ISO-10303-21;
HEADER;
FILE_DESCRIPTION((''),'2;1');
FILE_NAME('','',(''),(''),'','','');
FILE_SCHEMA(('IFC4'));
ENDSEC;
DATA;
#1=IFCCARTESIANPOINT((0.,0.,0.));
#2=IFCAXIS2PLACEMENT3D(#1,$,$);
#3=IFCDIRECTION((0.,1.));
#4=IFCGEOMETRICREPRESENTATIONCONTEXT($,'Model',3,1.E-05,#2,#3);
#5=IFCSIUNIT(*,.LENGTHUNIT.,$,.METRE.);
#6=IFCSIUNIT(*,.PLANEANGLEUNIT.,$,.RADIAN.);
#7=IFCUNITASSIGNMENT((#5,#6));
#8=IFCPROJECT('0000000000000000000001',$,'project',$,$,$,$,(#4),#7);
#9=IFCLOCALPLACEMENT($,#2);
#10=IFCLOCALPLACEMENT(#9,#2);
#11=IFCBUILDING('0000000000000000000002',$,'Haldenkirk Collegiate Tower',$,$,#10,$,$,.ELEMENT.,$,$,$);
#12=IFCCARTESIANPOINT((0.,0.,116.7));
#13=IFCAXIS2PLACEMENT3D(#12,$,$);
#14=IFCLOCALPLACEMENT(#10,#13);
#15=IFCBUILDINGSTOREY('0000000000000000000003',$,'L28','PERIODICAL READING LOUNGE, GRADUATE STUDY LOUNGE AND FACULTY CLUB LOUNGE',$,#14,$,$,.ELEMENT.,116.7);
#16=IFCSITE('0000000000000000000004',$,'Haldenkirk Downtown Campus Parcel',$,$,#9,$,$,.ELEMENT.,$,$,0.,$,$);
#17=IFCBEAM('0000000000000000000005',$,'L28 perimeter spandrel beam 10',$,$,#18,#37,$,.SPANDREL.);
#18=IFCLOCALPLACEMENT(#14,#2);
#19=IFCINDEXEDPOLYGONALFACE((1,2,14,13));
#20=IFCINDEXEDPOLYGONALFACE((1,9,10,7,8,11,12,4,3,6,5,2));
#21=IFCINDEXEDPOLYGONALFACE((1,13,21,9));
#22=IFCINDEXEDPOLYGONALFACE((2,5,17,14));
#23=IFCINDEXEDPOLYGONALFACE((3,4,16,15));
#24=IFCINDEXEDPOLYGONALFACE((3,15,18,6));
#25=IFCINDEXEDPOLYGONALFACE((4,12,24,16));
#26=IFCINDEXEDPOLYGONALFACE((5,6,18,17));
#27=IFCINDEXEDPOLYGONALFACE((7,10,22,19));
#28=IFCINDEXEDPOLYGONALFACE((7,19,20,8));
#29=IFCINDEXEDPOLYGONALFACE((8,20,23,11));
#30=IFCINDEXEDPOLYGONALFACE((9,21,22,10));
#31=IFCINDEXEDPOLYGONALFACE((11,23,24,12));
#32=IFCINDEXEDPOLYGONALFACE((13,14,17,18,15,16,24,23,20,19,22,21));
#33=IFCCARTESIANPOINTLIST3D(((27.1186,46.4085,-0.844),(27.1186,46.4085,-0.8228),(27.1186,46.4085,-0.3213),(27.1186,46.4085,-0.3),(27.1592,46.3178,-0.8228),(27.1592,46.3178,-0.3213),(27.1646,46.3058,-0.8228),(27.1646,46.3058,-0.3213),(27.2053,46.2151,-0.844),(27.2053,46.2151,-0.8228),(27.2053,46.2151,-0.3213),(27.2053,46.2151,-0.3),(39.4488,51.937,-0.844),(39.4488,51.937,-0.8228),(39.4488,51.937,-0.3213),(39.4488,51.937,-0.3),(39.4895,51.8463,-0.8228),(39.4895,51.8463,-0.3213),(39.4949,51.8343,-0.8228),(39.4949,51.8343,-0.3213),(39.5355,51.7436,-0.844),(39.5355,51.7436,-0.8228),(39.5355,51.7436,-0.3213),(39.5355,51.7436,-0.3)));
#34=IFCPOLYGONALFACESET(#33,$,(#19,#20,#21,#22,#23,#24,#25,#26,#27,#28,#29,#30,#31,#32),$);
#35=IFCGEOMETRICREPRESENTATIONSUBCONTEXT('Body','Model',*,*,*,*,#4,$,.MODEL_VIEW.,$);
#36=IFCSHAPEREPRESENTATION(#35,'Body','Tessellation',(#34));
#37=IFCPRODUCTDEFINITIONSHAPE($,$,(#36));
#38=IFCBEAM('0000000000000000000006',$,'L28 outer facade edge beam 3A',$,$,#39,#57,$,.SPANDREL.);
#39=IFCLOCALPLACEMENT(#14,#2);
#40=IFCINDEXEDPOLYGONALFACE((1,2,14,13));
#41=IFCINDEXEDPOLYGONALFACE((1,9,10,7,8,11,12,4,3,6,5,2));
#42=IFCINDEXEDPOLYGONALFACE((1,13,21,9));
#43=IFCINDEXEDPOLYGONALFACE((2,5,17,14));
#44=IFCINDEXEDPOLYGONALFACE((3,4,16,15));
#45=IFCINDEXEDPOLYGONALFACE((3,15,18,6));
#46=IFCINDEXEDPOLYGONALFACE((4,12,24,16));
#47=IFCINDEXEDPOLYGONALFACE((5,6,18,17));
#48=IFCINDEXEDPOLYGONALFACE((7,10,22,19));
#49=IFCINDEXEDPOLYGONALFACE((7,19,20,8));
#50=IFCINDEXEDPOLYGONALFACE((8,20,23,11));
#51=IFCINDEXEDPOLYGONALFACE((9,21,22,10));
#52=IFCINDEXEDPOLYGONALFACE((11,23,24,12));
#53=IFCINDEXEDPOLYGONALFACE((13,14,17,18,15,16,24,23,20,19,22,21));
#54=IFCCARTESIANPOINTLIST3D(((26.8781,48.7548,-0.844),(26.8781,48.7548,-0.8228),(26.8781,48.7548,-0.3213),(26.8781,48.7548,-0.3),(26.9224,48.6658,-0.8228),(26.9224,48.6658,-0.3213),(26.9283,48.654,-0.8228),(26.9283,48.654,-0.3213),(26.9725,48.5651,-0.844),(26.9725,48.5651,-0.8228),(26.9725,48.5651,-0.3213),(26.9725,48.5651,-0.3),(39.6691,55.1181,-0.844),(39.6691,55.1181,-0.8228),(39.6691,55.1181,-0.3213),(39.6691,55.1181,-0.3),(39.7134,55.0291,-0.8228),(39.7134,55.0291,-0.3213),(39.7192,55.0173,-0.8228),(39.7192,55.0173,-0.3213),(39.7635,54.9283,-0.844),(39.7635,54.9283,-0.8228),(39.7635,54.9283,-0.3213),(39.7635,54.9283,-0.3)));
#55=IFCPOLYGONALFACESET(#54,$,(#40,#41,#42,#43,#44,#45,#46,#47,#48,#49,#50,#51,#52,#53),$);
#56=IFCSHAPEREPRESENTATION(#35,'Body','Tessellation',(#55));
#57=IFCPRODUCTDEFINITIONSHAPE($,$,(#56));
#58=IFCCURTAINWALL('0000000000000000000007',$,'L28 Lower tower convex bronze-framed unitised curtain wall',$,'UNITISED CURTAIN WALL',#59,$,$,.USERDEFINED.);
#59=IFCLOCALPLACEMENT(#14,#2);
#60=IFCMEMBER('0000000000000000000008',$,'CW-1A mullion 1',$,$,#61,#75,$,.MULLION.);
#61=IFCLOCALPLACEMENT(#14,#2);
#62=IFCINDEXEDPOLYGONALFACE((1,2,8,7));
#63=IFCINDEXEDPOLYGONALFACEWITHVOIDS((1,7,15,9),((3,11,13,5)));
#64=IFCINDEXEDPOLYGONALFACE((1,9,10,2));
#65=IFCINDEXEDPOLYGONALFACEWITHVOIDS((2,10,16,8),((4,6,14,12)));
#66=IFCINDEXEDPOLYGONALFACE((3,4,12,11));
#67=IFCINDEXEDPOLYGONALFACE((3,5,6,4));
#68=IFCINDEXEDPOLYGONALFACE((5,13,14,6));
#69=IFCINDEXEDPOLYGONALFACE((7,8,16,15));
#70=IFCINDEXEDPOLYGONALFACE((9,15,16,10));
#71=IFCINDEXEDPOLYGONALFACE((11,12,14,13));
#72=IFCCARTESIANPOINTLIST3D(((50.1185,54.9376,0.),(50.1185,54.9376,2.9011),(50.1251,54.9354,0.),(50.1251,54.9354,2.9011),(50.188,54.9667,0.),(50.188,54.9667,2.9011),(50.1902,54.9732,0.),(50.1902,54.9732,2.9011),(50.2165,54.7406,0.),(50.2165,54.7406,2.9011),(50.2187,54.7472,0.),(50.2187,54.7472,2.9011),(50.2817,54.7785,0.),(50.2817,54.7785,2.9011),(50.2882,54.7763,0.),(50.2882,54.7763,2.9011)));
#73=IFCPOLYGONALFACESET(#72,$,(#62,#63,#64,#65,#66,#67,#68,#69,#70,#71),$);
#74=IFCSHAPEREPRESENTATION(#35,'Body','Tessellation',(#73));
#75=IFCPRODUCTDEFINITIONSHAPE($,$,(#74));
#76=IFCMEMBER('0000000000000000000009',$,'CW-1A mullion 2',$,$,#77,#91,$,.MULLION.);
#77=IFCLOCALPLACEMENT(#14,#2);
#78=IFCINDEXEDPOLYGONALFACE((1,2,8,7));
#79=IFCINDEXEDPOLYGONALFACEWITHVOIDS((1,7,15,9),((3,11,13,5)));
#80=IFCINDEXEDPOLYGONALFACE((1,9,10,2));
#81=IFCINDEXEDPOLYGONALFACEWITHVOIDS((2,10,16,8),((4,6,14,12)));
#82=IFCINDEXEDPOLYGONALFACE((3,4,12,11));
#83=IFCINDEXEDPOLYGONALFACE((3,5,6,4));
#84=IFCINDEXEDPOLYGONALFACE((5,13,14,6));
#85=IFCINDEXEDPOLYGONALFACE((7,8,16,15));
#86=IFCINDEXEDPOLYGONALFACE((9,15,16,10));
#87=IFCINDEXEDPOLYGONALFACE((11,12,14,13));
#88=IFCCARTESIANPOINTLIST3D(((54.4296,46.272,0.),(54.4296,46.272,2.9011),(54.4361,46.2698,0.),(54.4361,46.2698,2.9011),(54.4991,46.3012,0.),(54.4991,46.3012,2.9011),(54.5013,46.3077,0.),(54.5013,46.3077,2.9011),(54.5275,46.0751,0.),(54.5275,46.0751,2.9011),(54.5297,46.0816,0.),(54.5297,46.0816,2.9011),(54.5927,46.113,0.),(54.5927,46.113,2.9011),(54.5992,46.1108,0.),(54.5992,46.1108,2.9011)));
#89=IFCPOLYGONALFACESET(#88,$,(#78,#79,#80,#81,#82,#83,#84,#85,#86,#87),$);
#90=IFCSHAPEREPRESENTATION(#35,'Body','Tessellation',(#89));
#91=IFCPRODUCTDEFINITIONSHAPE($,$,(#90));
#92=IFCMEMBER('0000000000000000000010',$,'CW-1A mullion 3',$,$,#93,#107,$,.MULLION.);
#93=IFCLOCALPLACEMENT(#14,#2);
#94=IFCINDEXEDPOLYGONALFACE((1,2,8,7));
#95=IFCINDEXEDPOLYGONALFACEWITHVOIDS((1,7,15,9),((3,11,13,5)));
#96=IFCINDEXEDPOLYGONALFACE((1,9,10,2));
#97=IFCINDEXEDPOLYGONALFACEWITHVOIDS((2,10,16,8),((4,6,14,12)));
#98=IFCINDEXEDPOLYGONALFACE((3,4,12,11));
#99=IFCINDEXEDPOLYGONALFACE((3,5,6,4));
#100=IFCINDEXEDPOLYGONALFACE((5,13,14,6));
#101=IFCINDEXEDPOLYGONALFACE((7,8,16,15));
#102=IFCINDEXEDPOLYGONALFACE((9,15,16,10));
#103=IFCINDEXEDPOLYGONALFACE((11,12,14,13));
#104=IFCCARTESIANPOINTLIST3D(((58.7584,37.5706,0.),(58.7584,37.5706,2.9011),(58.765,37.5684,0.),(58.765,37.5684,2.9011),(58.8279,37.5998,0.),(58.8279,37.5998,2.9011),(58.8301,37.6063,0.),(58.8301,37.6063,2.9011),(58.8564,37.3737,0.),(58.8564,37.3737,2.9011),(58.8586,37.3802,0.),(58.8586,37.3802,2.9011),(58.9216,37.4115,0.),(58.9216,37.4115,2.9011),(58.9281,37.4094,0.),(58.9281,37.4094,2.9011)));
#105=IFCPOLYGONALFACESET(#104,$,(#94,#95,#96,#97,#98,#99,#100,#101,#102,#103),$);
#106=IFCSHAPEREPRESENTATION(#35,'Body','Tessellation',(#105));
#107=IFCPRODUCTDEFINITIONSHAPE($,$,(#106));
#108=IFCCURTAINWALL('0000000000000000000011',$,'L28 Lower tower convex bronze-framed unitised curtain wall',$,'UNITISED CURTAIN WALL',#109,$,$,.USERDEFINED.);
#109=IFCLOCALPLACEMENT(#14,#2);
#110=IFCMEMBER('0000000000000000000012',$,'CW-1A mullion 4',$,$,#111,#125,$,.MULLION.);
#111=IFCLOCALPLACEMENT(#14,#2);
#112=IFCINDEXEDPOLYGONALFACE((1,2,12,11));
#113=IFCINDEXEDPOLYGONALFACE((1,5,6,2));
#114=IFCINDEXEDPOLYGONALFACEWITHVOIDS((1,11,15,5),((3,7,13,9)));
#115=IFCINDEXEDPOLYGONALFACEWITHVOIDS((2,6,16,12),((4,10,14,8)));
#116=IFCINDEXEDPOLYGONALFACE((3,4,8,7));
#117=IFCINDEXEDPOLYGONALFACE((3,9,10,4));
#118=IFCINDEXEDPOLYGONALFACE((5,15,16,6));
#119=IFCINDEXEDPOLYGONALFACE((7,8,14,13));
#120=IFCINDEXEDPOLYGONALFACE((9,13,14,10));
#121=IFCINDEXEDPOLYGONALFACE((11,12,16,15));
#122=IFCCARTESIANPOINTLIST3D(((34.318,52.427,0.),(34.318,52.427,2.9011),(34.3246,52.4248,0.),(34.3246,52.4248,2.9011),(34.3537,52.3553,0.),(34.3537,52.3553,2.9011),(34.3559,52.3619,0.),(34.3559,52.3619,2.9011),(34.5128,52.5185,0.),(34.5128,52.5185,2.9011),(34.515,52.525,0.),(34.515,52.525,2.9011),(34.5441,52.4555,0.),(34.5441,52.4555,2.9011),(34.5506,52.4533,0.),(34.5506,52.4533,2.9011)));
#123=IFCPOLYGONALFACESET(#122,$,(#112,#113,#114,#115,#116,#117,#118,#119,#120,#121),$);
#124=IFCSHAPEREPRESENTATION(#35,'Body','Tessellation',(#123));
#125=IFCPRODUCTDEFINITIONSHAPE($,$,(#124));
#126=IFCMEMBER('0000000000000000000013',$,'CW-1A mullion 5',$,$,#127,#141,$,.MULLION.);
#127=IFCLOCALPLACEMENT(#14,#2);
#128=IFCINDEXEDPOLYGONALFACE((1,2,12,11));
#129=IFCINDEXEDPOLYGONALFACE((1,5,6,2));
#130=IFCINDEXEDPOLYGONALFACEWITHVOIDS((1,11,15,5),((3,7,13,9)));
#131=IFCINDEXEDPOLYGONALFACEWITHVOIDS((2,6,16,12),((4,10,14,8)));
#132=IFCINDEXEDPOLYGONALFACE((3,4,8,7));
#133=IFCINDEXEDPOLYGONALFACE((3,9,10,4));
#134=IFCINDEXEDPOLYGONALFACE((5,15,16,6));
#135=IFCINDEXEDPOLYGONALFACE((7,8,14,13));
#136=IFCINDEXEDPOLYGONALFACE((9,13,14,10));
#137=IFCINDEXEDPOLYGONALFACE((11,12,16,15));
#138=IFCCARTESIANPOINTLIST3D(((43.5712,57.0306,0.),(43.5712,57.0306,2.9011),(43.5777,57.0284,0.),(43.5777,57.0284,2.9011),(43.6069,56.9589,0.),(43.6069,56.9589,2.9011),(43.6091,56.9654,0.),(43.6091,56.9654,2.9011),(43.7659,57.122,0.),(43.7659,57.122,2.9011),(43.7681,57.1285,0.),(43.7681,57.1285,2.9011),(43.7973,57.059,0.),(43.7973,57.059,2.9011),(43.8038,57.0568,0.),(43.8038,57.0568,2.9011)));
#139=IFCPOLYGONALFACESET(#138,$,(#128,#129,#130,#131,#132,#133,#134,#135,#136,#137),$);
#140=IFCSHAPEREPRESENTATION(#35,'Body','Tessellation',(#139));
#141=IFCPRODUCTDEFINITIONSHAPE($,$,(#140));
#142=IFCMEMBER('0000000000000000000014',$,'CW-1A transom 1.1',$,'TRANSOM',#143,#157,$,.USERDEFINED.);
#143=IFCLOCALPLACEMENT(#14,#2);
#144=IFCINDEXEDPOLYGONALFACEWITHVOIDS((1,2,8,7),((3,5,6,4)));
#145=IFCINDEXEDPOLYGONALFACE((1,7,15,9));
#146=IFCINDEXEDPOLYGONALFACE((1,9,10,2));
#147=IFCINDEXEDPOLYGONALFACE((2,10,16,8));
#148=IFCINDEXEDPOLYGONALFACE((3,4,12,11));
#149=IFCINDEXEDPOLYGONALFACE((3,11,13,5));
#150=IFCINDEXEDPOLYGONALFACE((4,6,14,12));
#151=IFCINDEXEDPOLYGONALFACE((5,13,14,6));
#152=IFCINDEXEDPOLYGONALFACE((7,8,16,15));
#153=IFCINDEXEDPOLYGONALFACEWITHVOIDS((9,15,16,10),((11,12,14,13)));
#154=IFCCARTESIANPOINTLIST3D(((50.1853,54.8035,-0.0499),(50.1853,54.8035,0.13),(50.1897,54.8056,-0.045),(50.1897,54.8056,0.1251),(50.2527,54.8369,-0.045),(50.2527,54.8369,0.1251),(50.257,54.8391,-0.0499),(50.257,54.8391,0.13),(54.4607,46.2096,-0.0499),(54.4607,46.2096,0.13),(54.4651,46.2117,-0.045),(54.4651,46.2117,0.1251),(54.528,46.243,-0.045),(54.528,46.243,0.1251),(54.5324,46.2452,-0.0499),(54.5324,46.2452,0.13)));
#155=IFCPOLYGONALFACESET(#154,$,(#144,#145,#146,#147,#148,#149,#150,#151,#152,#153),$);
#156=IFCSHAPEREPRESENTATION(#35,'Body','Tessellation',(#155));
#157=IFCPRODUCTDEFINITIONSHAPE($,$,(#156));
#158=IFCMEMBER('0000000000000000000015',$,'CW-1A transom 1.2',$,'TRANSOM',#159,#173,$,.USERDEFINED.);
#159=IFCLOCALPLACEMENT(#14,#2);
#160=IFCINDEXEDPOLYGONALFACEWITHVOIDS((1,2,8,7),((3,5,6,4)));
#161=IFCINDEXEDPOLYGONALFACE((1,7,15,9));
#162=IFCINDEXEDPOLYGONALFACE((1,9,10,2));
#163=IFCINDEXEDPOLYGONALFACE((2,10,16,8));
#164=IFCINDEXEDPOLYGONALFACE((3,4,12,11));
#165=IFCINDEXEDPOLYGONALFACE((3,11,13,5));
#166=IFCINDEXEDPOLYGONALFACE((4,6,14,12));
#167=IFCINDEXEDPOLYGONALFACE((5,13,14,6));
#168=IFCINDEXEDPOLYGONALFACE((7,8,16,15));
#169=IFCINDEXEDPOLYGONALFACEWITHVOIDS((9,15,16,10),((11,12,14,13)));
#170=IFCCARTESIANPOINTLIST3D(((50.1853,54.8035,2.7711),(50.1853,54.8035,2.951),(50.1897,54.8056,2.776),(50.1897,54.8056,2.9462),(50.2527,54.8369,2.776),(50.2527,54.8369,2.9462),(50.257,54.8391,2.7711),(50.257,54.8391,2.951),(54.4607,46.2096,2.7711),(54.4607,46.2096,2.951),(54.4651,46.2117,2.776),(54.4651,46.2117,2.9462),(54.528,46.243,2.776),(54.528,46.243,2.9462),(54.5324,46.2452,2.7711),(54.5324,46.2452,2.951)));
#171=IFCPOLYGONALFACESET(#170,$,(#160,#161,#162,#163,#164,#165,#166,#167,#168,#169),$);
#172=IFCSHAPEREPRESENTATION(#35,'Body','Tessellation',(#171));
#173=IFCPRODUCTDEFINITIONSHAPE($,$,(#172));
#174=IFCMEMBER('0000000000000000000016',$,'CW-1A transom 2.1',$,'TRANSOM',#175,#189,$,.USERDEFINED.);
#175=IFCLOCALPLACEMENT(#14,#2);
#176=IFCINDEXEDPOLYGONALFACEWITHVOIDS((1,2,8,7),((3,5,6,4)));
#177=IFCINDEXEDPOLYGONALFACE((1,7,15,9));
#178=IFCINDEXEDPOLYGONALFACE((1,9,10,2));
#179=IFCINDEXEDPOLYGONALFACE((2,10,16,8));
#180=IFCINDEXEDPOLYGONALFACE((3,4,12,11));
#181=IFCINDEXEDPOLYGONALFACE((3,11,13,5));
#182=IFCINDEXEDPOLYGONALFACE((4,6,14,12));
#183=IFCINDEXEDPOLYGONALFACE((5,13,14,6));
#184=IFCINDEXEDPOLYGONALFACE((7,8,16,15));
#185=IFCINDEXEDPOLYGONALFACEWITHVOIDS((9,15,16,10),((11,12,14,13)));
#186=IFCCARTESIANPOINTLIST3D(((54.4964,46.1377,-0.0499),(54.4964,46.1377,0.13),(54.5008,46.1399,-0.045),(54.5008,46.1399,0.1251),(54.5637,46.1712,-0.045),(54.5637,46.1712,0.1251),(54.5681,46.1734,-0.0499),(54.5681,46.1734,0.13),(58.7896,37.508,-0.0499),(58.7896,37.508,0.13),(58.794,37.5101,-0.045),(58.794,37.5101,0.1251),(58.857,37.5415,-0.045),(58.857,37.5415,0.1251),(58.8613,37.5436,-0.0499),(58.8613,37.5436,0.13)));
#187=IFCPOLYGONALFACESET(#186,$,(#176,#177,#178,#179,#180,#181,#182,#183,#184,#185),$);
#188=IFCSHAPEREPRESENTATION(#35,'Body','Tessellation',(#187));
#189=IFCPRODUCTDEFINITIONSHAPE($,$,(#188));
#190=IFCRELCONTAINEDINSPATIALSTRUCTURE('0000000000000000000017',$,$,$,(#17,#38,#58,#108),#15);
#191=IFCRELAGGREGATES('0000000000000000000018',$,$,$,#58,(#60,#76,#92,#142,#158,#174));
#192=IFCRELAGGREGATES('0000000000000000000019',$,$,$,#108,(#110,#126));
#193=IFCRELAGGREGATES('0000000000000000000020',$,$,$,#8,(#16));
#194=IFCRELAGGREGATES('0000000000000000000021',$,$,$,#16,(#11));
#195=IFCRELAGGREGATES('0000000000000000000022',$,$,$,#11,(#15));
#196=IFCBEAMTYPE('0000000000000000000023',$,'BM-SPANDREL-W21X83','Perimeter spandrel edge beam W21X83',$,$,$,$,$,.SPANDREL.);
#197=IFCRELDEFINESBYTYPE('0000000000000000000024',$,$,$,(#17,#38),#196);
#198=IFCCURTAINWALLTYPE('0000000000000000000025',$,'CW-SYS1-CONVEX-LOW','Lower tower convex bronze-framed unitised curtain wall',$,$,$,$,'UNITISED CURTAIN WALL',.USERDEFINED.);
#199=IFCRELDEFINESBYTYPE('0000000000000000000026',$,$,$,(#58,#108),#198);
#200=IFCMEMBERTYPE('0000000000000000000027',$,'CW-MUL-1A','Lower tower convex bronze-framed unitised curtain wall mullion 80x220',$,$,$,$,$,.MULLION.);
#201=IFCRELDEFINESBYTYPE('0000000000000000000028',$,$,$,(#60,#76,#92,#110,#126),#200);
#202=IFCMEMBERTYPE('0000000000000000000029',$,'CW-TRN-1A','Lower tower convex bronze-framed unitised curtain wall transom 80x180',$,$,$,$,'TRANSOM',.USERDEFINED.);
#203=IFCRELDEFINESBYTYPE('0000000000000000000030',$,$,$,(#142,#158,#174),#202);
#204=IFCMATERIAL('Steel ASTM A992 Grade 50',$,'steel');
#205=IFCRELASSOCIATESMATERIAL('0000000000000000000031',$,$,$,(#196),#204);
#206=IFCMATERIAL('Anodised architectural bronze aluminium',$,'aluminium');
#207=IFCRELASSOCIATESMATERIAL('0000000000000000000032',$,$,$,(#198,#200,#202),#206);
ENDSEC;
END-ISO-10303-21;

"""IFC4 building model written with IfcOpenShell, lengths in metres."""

from ifc_helpers import new_model, si_unit, direction, frame, origin, origin_2d, place, context, subcontext, project, spatial, hollow_rectangle, i_section, extrude, material, material_profile, profile_set, type_object, element, aggregate, save


model = new_model("IFC4")

# Units and contexts
model_context = context("Model", 3, precision=1e-05, world=origin(), true_north=direction((0.0, 1.0)))
body_context = subcontext(model_context, "Body", "Model", "MODEL_VIEW")
ifc_project = project(units=[si_unit("LENGTHUNIT", "METRE"), si_unit("PLANEANGLEUNIT", "RADIAN")], contexts=[model_context])

# Site, building, storey
site_placement = place(None, origin())
site = spatial("IfcSite", under=ifc_project, at=site_placement, Name="Haldenkirk Downtown Campus Parcel", CompositionType="ELEMENT", RefElevation=0.0)
building_placement = place(site_placement, origin())
building = spatial("IfcBuilding", under=site, at=building_placement, Name="Haldenkirk Collegiate Tower", CompositionType="ELEMENT")
storey_placement = place(building_placement, frame((0.0, 0.0, 116.7)))
storey = spatial("IfcBuildingStorey", under=building, at=storey_placement, Name="L28", Description="PERIODICAL READING LOUNGE, GRADUATE STUDY LOUNGE AND FACULTY CLUB LOUNGE", CompositionType="ELEMENT", Elevation=116.7)

# Beams
ifc_material_1 = material(Name="Steel ASTM A992 Grade 50", Category="steel")
ifc_material_profile_1 = material_profile(ifc_material_1, i_section(OverallWidth=0.2119, OverallDepth=0.5439, WebThickness=0.0132, FlangeThickness=0.0212, at=origin_2d()), Name="W21X83")
ifc_profile_set_1 = profile_set([ifc_material_profile_1], Name="Steel ASTM A992 Grade 50")
beam_type_1 = type_object("IfcBeamType", Name="BM-SPANDREL-W21X83", Description="Perimeter spandrel edge beam W21X83", PredefinedType="SPANDREL", material=ifc_profile_set_1)
beam_1_placement = place(storey_placement, frame((39.4922, 51.8403, -0.572), z_axis=(-0.912477, -0.409129, 0.0), x_axis=(0.409129, -0.912477, 0.0)))
element("IfcBeam", 1, at=beam_1_placement, inside=storey, type_object=beam_type_1, Name="L28 perimeter spandrel beam 10", PredefinedType="SPANDREL", context=body_context, shape_type="SweptSolid", body=[
    extrude(i_section(OverallWidth=0.2119, OverallDepth=0.5439, WebThickness=0.0132, FlangeThickness=0.0212, at=origin_2d()), origin(), (0.0, 0.0, 1.0), 13.5129),
])
beam_2_placement = place(storey_placement, frame((39.7163, 55.0232, -0.572), z_axis=(-0.895328, -0.445408, 0.0), x_axis=(0.445408, -0.895328, 0.0)))
element("IfcBeam", 2, at=beam_2_placement, inside=storey, type_object=beam_type_1, Name="L28 outer facade edge beam 3A", PredefinedType="SPANDREL", context=body_context, shape_type="SweptSolid", body=[
    extrude(i_section(OverallWidth=0.2119, OverallDepth=0.5439, WebThickness=0.0132, FlangeThickness=0.0212, at=origin_2d()), origin(), (0.0, 0.0, 1.0), 14.2864),
])

# Curtain walls, members
ifc_material_2 = material(Name="Anodised architectural bronze aluminium", Category="aluminium")
curtain_wall_type = type_object("IfcCurtainWallType", Name="CW-SYS1-CONVEX-LOW", Description="Lower tower convex bronze-framed unitised curtain wall", ElementType="UNITISED CURTAIN WALL", PredefinedType="USERDEFINED", material=ifc_material_2)
curtain_wall_1_placement = place(storey_placement, origin())
curtain_wall_1 = element("IfcCurtainWall", 3, at=curtain_wall_1_placement, inside=storey, type_object=curtain_wall_type, Name="L28 Lower tower convex bronze-framed unitised curtain wall", ObjectType="UNITISED CURTAIN WALL", PredefinedType="USERDEFINED")
ifc_material_profile_2 = material_profile(ifc_material_2, hollow_rectangle(XDim=0.0801, YDim=0.22, WallThickness=0.0049, at=origin_2d()), Name="CW-MUL-1A")
ifc_profile_set_2 = profile_set([ifc_material_profile_2], Name="Anodised architectural bronze aluminium")
member_type_1 = type_object("IfcMemberType", Name="CW-MUL-1A", Description="Lower tower convex bronze-framed unitised curtain wall mullion 80x220", PredefinedType="MULLION", material=ifc_profile_set_2)
member_1_placement = place(storey_placement, frame((50.2034, 54.8569, 0.0), z_axis=(0.0, 0.0, 1.0), x_axis=(0.895324, 0.445416, 0.0)))
member_1 = element("IfcMember", 4, at=member_1_placement, type_object=member_type_1, Name="CW-1A mullion 1", PredefinedType="MULLION", context=body_context, shape_type="SweptSolid", body=[
    extrude(hollow_rectangle(XDim=0.0801, YDim=0.22, WallThickness=0.0049, at=origin_2d()), origin(), (0.0, 0.0, 1.0), 2.9011),
])
member_2_placement = place(storey_placement, frame((54.5144, 46.1914, 0.0), z_axis=(0.0, 0.0, 1.0), x_axis=(0.895324, 0.445416, 0.0)))
member_2 = element("IfcMember", 5, at=member_2_placement, type_object=member_type_1, Name="CW-1A mullion 2", PredefinedType="MULLION", context=body_context, shape_type="SweptSolid", body=[
    extrude(hollow_rectangle(XDim=0.0801, YDim=0.22, WallThickness=0.0049, at=origin_2d()), origin(), (0.0, 0.0, 1.0), 2.9011),
])
member_3_placement = place(storey_placement, frame((58.8433, 37.49, 0.0), z_axis=(0.0, 0.0, 1.0), x_axis=(0.895324, 0.445416, 0.0)))
member_3 = element("IfcMember", 6, at=member_3_placement, type_object=member_type_1, Name="CW-1A mullion 3", PredefinedType="MULLION", context=body_context, shape_type="SweptSolid", body=[
    extrude(hollow_rectangle(XDim=0.0801, YDim=0.22, WallThickness=0.0049, at=origin_2d()), origin(), (0.0, 0.0, 1.0), 2.9011),
])
curtain_wall_2_placement = place(storey_placement, origin())
curtain_wall_2 = element("IfcCurtainWall", 7, at=curtain_wall_2_placement, inside=storey, type_object=curtain_wall_type, Name="L28 Lower tower convex bronze-framed unitised curtain wall", ObjectType="UNITISED CURTAIN WALL", PredefinedType="USERDEFINED")
member_4_placement = place(storey_placement, frame((34.4343, 52.4402, 0.0), z_axis=(0.0, 0.0, 1.0), x_axis=(-0.445417, 0.895323, 0.0)))
member_4 = element("IfcMember", 8, at=member_4_placement, type_object=member_type_1, Name="CW-1A mullion 4", PredefinedType="MULLION", context=body_context, shape_type="SweptSolid", body=[
    extrude(hollow_rectangle(XDim=0.0801, YDim=0.22, WallThickness=0.0049, at=origin_2d()), origin(), (0.0, 0.0, 1.0), 2.9011),
])
member_5_placement = place(storey_placement, frame((43.6875, 57.0437, 0.0), z_axis=(0.0, 0.0, 1.0), x_axis=(-0.445417, 0.895323, 0.0)))
member_5 = element("IfcMember", 9, at=member_5_placement, type_object=member_type_1, Name="CW-1A mullion 5", PredefinedType="MULLION", context=body_context, shape_type="SweptSolid", body=[
    extrude(hollow_rectangle(XDim=0.0801, YDim=0.22, WallThickness=0.0049, at=origin_2d()), origin(), (0.0, 0.0, 1.0), 2.9011),
])

# Members
ifc_material_profile_3 = material_profile(ifc_material_2, hollow_rectangle(XDim=0.0801, YDim=0.1799, WallThickness=0.0049, at=origin_2d()), Name="CW-TRN-1A")
ifc_profile_set_3 = profile_set([ifc_material_profile_3], Name="Anodised architectural bronze aluminium")
member_type_2 = type_object("IfcMemberType", Name="CW-TRN-1A", Description="Lower tower convex bronze-framed unitised curtain wall transom 80x180", ElementType="TRANSOM", PredefinedType="USERDEFINED", material=ifc_profile_set_3)
member_6_placement = place(storey_placement, frame((50.2212, 54.8213, 0.04), z_axis=(0.445412, -0.895326, 0.0), x_axis=(0.895326, 0.445412, 0.0)))
member_6 = element("IfcMember", 10, at=member_6_placement, type_object=member_type_2, Name="CW-1A transom 1.1", ObjectType="TRANSOM", PredefinedType="USERDEFINED", context=body_context, shape_type="SweptSolid", body=[
    extrude(hollow_rectangle(XDim=0.0801, YDim=0.1799, WallThickness=0.0049, at=origin_2d()), origin(), (0.0, 0.0, 1.0), 9.5986),
])
member_7_placement = place(storey_placement, frame((50.2212, 54.8213, 2.8611), z_axis=(0.445412, -0.895326, 0.0), x_axis=(0.895326, 0.445412, 0.0)))
member_7 = element("IfcMember", 11, at=member_7_placement, type_object=member_type_2, Name="CW-1A transom 1.2", ObjectType="TRANSOM", PredefinedType="USERDEFINED", context=body_context, shape_type="SweptSolid", body=[
    extrude(hollow_rectangle(XDim=0.0801, YDim=0.1799, WallThickness=0.0049, at=origin_2d()), origin(), (0.0, 0.0, 1.0), 9.5986),
])
member_8_placement = place(storey_placement, frame((54.5322, 46.1555, 0.04), z_axis=(0.445419, -0.895322, 0.0), x_axis=(0.895322, 0.445419, 0.0)))
member_8 = element("IfcMember", 12, at=member_8_placement, type_object=member_type_2, Name="CW-1A transom 2.1", ObjectType="TRANSOM", PredefinedType="USERDEFINED", context=body_context, shape_type="SweptSolid", body=[
    extrude(hollow_rectangle(XDim=0.0801, YDim=0.1799, WallThickness=0.0049, at=origin_2d()), origin(), (0.0, 0.0, 1.0), 9.6387),
])

aggregate(curtain_wall_1, [member_1, member_2, member_3, member_6, member_7, member_8])
aggregate(curtain_wall_2, [member_4, member_5])

save(model, "model.ifc")
